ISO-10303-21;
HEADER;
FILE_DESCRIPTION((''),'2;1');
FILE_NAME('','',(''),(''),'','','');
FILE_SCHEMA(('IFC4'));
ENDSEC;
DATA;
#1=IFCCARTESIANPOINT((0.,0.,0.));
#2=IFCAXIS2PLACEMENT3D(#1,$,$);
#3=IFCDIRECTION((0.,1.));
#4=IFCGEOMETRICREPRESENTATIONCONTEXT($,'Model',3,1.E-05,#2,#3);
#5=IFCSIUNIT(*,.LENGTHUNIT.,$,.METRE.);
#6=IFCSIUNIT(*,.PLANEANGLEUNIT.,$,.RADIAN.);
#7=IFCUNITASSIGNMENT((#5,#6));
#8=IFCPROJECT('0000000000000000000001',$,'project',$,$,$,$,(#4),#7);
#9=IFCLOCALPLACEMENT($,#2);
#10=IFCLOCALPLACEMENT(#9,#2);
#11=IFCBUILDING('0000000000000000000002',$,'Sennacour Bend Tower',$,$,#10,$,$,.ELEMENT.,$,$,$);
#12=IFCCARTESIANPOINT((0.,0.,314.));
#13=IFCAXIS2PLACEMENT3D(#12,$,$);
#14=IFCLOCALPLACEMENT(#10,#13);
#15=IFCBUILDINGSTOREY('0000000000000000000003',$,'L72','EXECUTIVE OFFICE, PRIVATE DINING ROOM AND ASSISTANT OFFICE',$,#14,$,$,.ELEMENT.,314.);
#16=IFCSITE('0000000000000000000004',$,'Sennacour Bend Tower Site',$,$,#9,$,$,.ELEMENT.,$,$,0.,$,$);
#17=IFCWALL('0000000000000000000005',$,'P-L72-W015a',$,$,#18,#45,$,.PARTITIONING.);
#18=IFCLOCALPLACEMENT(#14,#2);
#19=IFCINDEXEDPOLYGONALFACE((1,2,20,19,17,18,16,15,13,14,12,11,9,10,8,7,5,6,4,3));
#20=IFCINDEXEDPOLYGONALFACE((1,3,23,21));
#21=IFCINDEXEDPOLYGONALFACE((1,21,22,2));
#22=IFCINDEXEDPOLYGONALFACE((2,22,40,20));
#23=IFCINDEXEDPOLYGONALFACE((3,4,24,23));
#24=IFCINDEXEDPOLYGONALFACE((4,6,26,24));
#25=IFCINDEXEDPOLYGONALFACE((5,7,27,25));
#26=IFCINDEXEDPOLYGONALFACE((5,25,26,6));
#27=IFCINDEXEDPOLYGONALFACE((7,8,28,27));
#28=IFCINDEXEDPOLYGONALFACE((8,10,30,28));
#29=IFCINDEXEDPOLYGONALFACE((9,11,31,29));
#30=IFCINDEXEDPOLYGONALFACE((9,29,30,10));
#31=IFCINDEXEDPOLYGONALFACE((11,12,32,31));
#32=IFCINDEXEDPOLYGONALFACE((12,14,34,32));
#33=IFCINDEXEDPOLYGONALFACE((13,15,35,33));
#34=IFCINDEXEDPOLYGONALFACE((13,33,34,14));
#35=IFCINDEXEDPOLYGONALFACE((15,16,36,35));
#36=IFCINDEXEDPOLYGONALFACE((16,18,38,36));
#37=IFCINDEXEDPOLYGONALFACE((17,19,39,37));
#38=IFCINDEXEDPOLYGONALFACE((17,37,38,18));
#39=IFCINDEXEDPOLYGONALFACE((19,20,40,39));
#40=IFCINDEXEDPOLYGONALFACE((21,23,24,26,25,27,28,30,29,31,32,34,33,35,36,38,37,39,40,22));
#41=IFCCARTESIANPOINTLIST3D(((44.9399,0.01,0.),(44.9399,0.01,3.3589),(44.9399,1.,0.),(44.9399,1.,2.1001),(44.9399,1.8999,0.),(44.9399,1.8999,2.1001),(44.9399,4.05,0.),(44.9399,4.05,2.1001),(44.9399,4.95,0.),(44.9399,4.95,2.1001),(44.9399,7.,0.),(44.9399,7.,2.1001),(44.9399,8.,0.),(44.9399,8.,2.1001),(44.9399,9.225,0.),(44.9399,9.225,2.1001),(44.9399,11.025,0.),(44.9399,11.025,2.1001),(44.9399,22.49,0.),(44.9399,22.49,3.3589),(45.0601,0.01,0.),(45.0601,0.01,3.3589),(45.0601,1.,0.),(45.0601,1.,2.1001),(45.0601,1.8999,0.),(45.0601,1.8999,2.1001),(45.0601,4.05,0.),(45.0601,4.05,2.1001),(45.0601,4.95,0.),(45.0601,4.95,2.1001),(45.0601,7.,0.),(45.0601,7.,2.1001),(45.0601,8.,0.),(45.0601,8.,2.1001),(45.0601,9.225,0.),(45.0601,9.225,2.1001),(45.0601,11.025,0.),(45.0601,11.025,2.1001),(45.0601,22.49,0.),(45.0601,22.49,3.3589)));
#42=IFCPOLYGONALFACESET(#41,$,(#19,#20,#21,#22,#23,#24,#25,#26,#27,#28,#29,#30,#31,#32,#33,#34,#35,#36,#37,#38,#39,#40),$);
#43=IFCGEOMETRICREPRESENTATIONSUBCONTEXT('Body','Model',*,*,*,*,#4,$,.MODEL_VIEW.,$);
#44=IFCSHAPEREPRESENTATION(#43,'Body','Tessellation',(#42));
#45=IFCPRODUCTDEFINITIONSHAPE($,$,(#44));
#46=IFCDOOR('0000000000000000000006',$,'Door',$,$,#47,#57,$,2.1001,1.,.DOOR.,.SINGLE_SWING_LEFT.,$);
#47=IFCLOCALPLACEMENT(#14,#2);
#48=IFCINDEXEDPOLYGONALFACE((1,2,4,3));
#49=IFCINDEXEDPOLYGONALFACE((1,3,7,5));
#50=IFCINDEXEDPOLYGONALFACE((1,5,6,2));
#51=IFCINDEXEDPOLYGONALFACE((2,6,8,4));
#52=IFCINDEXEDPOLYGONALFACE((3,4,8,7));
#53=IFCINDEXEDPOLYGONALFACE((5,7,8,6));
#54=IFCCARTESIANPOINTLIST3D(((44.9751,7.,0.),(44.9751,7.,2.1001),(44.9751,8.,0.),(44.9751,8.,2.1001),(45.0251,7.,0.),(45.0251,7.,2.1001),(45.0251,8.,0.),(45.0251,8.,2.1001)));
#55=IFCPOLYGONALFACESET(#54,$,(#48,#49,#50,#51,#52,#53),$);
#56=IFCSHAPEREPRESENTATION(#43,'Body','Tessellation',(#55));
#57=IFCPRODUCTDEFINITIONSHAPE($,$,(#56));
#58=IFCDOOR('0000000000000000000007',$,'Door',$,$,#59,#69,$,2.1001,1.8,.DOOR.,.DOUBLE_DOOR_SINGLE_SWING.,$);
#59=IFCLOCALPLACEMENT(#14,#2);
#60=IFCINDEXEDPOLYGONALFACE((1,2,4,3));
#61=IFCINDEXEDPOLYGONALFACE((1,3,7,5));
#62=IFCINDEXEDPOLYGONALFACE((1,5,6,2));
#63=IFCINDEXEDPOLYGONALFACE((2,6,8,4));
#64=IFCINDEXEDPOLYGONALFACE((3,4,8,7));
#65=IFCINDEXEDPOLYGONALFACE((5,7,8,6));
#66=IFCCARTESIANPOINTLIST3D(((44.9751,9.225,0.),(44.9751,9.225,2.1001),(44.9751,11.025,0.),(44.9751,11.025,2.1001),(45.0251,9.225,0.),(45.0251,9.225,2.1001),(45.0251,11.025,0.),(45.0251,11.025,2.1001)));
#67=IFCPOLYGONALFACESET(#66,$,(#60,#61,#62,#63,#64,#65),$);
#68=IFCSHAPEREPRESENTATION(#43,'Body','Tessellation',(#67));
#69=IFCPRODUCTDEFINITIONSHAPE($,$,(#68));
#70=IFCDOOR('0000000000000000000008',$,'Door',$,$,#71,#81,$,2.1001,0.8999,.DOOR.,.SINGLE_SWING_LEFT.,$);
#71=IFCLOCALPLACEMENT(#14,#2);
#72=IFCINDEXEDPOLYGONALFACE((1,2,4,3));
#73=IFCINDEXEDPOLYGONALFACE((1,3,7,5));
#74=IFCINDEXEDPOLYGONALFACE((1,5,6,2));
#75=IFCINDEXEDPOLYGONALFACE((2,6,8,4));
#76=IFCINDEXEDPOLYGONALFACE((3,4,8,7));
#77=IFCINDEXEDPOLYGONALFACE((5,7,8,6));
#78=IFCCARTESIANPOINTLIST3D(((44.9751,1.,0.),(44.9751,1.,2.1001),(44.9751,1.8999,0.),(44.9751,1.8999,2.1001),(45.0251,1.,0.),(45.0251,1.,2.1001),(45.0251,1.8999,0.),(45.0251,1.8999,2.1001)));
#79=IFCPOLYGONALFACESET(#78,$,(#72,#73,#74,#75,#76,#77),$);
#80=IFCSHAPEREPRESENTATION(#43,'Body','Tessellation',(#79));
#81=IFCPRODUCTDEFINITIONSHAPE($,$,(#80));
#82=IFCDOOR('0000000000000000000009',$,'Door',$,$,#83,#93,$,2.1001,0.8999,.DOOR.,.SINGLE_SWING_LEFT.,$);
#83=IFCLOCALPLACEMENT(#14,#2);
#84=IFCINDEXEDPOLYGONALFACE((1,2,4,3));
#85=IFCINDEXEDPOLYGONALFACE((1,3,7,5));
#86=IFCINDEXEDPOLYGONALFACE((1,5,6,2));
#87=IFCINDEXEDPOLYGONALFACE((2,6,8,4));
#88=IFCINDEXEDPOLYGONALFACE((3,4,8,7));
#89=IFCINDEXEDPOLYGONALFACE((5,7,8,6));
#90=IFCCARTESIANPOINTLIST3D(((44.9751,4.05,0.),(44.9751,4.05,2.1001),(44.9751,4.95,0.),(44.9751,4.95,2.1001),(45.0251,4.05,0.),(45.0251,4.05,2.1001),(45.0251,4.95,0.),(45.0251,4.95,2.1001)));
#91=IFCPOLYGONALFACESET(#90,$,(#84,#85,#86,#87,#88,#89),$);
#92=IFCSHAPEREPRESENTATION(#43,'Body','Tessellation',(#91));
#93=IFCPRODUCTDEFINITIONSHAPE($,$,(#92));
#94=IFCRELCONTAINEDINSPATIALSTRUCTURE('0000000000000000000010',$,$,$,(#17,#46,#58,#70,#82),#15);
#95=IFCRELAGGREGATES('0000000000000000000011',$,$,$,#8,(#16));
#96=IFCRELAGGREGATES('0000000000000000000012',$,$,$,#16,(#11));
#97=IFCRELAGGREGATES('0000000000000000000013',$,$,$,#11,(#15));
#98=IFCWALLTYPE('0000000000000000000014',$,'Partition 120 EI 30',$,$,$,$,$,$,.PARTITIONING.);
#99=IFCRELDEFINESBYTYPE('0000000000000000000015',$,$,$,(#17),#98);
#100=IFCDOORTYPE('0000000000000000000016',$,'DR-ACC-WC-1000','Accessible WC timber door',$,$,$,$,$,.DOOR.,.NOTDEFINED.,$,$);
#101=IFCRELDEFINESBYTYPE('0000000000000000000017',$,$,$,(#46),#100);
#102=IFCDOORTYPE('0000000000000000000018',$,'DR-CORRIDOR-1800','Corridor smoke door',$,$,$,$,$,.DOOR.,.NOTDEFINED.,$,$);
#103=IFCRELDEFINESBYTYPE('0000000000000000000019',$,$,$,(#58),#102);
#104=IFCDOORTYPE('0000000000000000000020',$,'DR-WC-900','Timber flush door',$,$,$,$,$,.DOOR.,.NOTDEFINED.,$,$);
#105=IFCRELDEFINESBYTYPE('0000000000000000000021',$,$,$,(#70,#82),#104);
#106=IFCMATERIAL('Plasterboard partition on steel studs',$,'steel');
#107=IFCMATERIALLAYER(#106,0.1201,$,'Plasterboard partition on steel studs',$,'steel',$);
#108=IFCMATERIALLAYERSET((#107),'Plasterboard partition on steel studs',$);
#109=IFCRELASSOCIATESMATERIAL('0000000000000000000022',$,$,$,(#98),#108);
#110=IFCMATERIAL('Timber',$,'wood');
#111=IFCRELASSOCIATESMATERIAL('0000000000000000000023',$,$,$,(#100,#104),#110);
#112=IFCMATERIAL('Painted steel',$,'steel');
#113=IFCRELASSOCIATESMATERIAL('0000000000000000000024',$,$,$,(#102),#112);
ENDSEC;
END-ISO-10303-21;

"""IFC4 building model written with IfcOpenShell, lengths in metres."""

from ifc_helpers import new_model, si_unit, direction, frame, frame_2d, origin, place, context, subcontext, project, spatial, rectangle, extrude, material, layer, layer_set, type_object, element, fill, save


model = new_model("IFC4")

# Units and contexts
model_context = context("Model", 3, precision=1e-05, world=origin(), true_north=direction((0.0, 1.0)))
body_context = subcontext(model_context, "Body", "Model", "MODEL_VIEW")
ifc_project = project(units=[si_unit("LENGTHUNIT", "METRE"), si_unit("PLANEANGLEUNIT", "RADIAN")], contexts=[model_context])

# Site, building, storey
site_placement = place(None, origin())
site = spatial("IfcSite", under=ifc_project, at=site_placement, Name="Sennacour Bend Tower Site", CompositionType="ELEMENT", RefElevation=0.0)
building_placement = place(site_placement, origin())
building = spatial("IfcBuilding", under=site, at=building_placement, Name="Sennacour Bend Tower", CompositionType="ELEMENT")
storey_placement = place(building_placement, frame((0.0, 0.0, 314.0)))
storey = spatial("IfcBuildingStorey", under=building, at=storey_placement, Name="L72", Description="EXECUTIVE OFFICE, PRIVATE DINING ROOM AND ASSISTANT OFFICE", CompositionType="ELEMENT", Elevation=314.0)

# Shared definitions
ifc_material_1 = material(Name="Plasterboard partition on steel studs", Category="steel")

# Wall, openings, doors
ifc_layer_1 = layer(ifc_material_1, 0.1201, Name="Plasterboard partition on steel studs", Category="steel")
ifc_layer_set_1 = layer_set([ifc_layer_1], Name="Plasterboard partition on steel studs")
wall_type_1 = type_object("IfcWallType", Name="Partition 120 EI 30", PredefinedType="PARTITIONING", material=ifc_layer_set_1)
wall_1_placement = place(storey_placement, frame((45.0, 0.01, 0.0), z_axis=(0.0, 0.0, 1.0), x_axis=(0.0, 1.0, 0.0)))
wall_1 = element("IfcWall", 1, at=wall_1_placement, inside=storey, type_object=wall_type_1, Name="P-L72-W015a", PredefinedType="PARTITIONING", context=body_context, shape_type="SweptSolid", body=[
    extrude(rectangle(XDim=22.48, YDim=0.1201, at=frame_2d((11.24, 0.0))), origin(), (0.0, 0.0, 1.0), 3.3589),
])
opening_1_placement = place(wall_1_placement, frame((9.2151, 0.0, 0.0)))
opening_1 = element("IfcOpeningElement", 2, at=opening_1_placement, cuts=wall_1, PredefinedType="OPENING", context=body_context, shape_type="SweptSolid", body=[
    extrude(rectangle(XDim=1.8, YDim=2.1001, at=frame_2d((0.8999, 1.05))), frame((0.0, 0.0701, 0.0), z_axis=(0.0, -1.0, 0.0), x_axis=(1.0, 0.0, 0.0)), (0.0, 0.0, 1.0), 0.1401),
])
opening_2_placement = place(wall_1_placement, frame((0.99, 0.0, 0.0)))
opening_2 = element("IfcOpeningElement", 3, at=opening_2_placement, cuts=wall_1, PredefinedType="OPENING", context=body_context, shape_type="SweptSolid", body=[
    extrude(rectangle(XDim=0.8999, YDim=2.1001, at=frame_2d((0.45, 1.05))), frame((0.0, 0.0701, 0.0), z_axis=(0.0, -1.0, 0.0), x_axis=(1.0, 0.0, 0.0)), (0.0, 0.0, 1.0), 0.1401),
])
opening_3_placement = place(wall_1_placement, frame((4.04, 0.0, 0.0)))
opening_3 = element("IfcOpeningElement", 4, at=opening_3_placement, cuts=wall_1, PredefinedType="OPENING", context=body_context, shape_type="SweptSolid", body=[
    extrude(rectangle(XDim=0.8999, YDim=2.1001, at=frame_2d((0.45, 1.05))), frame((0.0, 0.0701, 0.0), z_axis=(0.0, -1.0, 0.0), x_axis=(1.0, 0.0, 0.0)), (0.0, 0.0, 1.0), 0.1401),
])
opening_4_placement = place(wall_1_placement, frame((6.99, 0.0, 0.0)))
opening_4 = element("IfcOpeningElement", 5, at=opening_4_placement, cuts=wall_1, PredefinedType="OPENING", context=body_context, shape_type="SweptSolid", body=[
    extrude(rectangle(XDim=1.0, YDim=2.1001, at=frame_2d((0.5, 1.05))), frame((0.0, 0.0701, 0.0), z_axis=(0.0, -1.0, 0.0), x_axis=(1.0, 0.0, 0.0)), (0.0, 0.0, 1.0), 0.1401),
])
ifc_material_2 = material(Name="Timber", Category="wood")
door_type_1 = type_object("IfcDoorType", Name="DR-ACC-WC-1000", Description="Accessible WC timber door", OperationType="NOTDEFINED", PredefinedType="DOOR", material=ifc_material_2)
door_1_placement = place(opening_4_placement, origin())
door_1 = element("IfcDoor", 6, at=door_1_placement, inside=storey, type_object=door_type_1, Name="Door", OperationType="SINGLE_SWING_LEFT", OverallHeight=2.1001, OverallWidth=1.0, PredefinedType="DOOR", context=body_context, shape_type="SweptSolid", body=[
    extrude(rectangle(XDim=1.0, YDim=2.1001, at=frame_2d((0.5, 1.05))), frame((0.0, 0.0249, 0.0), z_axis=(0.0, -1.0, 0.0), x_axis=(1.0, 0.0, 0.0)), (0.0, 0.0, 1.0), 0.05),
])
fill(opening_4, door_1)
ifc_material_3 = material(Name="Painted steel", Category="steel")
door_type_2 = type_object("IfcDoorType", Name="DR-CORRIDOR-1800", Description="Corridor smoke door", OperationType="NOTDEFINED", PredefinedType="DOOR", material=ifc_material_3)
door_2_placement = place(opening_1_placement, origin())
door_2 = element("IfcDoor", 7, at=door_2_placement, inside=storey, type_object=door_type_2, Name="Door", OperationType="DOUBLE_DOOR_SINGLE_SWING", OverallHeight=2.1001, OverallWidth=1.8, PredefinedType="DOOR", context=body_context, shape_type="SweptSolid", body=[
    extrude(rectangle(XDim=1.8, YDim=2.1001, at=frame_2d((0.8999, 1.05))), frame((0.0, 0.0249, 0.0), z_axis=(0.0, -1.0, 0.0), x_axis=(1.0, 0.0, 0.0)), (0.0, 0.0, 1.0), 0.05),
])
fill(opening_1, door_2)
door_type_3 = type_object("IfcDoorType", Name="DR-WC-900", Description="Timber flush door", OperationType="NOTDEFINED", PredefinedType="DOOR", material=ifc_material_2)
door_3_placement = place(opening_2_placement, origin())
door_3 = element("IfcDoor", 8, at=door_3_placement, inside=storey, type_object=door_type_3, Name="Door", OperationType="SINGLE_SWING_LEFT", OverallHeight=2.1001, OverallWidth=0.8999, PredefinedType="DOOR", context=body_context, shape_type="SweptSolid", body=[
    extrude(rectangle(XDim=0.8999, YDim=2.1001, at=frame_2d((0.45, 1.05))), frame((0.0, 0.0249, 0.0), z_axis=(0.0, -1.0, 0.0), x_axis=(1.0, 0.0, 0.0)), (0.0, 0.0, 1.0), 0.05),
])
fill(opening_2, door_3)
door_4_placement = place(opening_3_placement, origin())
door_4 = element("IfcDoor", 9, at=door_4_placement, inside=storey, type_object=door_type_3, Name="Door", OperationType="SINGLE_SWING_LEFT", OverallHeight=2.1001, OverallWidth=0.8999, PredefinedType="DOOR", context=body_context, shape_type="SweptSolid", body=[
    extrude(rectangle(XDim=0.8999, YDim=2.1001, at=frame_2d((0.45, 1.05))), frame((0.0, 0.0249, 0.0), z_axis=(0.0, -1.0, 0.0), x_axis=(1.0, 0.0, 0.0)), (0.0, 0.0, 1.0), 0.05),
])
fill(opening_3, door_4)

save(model, "model.ifc")
